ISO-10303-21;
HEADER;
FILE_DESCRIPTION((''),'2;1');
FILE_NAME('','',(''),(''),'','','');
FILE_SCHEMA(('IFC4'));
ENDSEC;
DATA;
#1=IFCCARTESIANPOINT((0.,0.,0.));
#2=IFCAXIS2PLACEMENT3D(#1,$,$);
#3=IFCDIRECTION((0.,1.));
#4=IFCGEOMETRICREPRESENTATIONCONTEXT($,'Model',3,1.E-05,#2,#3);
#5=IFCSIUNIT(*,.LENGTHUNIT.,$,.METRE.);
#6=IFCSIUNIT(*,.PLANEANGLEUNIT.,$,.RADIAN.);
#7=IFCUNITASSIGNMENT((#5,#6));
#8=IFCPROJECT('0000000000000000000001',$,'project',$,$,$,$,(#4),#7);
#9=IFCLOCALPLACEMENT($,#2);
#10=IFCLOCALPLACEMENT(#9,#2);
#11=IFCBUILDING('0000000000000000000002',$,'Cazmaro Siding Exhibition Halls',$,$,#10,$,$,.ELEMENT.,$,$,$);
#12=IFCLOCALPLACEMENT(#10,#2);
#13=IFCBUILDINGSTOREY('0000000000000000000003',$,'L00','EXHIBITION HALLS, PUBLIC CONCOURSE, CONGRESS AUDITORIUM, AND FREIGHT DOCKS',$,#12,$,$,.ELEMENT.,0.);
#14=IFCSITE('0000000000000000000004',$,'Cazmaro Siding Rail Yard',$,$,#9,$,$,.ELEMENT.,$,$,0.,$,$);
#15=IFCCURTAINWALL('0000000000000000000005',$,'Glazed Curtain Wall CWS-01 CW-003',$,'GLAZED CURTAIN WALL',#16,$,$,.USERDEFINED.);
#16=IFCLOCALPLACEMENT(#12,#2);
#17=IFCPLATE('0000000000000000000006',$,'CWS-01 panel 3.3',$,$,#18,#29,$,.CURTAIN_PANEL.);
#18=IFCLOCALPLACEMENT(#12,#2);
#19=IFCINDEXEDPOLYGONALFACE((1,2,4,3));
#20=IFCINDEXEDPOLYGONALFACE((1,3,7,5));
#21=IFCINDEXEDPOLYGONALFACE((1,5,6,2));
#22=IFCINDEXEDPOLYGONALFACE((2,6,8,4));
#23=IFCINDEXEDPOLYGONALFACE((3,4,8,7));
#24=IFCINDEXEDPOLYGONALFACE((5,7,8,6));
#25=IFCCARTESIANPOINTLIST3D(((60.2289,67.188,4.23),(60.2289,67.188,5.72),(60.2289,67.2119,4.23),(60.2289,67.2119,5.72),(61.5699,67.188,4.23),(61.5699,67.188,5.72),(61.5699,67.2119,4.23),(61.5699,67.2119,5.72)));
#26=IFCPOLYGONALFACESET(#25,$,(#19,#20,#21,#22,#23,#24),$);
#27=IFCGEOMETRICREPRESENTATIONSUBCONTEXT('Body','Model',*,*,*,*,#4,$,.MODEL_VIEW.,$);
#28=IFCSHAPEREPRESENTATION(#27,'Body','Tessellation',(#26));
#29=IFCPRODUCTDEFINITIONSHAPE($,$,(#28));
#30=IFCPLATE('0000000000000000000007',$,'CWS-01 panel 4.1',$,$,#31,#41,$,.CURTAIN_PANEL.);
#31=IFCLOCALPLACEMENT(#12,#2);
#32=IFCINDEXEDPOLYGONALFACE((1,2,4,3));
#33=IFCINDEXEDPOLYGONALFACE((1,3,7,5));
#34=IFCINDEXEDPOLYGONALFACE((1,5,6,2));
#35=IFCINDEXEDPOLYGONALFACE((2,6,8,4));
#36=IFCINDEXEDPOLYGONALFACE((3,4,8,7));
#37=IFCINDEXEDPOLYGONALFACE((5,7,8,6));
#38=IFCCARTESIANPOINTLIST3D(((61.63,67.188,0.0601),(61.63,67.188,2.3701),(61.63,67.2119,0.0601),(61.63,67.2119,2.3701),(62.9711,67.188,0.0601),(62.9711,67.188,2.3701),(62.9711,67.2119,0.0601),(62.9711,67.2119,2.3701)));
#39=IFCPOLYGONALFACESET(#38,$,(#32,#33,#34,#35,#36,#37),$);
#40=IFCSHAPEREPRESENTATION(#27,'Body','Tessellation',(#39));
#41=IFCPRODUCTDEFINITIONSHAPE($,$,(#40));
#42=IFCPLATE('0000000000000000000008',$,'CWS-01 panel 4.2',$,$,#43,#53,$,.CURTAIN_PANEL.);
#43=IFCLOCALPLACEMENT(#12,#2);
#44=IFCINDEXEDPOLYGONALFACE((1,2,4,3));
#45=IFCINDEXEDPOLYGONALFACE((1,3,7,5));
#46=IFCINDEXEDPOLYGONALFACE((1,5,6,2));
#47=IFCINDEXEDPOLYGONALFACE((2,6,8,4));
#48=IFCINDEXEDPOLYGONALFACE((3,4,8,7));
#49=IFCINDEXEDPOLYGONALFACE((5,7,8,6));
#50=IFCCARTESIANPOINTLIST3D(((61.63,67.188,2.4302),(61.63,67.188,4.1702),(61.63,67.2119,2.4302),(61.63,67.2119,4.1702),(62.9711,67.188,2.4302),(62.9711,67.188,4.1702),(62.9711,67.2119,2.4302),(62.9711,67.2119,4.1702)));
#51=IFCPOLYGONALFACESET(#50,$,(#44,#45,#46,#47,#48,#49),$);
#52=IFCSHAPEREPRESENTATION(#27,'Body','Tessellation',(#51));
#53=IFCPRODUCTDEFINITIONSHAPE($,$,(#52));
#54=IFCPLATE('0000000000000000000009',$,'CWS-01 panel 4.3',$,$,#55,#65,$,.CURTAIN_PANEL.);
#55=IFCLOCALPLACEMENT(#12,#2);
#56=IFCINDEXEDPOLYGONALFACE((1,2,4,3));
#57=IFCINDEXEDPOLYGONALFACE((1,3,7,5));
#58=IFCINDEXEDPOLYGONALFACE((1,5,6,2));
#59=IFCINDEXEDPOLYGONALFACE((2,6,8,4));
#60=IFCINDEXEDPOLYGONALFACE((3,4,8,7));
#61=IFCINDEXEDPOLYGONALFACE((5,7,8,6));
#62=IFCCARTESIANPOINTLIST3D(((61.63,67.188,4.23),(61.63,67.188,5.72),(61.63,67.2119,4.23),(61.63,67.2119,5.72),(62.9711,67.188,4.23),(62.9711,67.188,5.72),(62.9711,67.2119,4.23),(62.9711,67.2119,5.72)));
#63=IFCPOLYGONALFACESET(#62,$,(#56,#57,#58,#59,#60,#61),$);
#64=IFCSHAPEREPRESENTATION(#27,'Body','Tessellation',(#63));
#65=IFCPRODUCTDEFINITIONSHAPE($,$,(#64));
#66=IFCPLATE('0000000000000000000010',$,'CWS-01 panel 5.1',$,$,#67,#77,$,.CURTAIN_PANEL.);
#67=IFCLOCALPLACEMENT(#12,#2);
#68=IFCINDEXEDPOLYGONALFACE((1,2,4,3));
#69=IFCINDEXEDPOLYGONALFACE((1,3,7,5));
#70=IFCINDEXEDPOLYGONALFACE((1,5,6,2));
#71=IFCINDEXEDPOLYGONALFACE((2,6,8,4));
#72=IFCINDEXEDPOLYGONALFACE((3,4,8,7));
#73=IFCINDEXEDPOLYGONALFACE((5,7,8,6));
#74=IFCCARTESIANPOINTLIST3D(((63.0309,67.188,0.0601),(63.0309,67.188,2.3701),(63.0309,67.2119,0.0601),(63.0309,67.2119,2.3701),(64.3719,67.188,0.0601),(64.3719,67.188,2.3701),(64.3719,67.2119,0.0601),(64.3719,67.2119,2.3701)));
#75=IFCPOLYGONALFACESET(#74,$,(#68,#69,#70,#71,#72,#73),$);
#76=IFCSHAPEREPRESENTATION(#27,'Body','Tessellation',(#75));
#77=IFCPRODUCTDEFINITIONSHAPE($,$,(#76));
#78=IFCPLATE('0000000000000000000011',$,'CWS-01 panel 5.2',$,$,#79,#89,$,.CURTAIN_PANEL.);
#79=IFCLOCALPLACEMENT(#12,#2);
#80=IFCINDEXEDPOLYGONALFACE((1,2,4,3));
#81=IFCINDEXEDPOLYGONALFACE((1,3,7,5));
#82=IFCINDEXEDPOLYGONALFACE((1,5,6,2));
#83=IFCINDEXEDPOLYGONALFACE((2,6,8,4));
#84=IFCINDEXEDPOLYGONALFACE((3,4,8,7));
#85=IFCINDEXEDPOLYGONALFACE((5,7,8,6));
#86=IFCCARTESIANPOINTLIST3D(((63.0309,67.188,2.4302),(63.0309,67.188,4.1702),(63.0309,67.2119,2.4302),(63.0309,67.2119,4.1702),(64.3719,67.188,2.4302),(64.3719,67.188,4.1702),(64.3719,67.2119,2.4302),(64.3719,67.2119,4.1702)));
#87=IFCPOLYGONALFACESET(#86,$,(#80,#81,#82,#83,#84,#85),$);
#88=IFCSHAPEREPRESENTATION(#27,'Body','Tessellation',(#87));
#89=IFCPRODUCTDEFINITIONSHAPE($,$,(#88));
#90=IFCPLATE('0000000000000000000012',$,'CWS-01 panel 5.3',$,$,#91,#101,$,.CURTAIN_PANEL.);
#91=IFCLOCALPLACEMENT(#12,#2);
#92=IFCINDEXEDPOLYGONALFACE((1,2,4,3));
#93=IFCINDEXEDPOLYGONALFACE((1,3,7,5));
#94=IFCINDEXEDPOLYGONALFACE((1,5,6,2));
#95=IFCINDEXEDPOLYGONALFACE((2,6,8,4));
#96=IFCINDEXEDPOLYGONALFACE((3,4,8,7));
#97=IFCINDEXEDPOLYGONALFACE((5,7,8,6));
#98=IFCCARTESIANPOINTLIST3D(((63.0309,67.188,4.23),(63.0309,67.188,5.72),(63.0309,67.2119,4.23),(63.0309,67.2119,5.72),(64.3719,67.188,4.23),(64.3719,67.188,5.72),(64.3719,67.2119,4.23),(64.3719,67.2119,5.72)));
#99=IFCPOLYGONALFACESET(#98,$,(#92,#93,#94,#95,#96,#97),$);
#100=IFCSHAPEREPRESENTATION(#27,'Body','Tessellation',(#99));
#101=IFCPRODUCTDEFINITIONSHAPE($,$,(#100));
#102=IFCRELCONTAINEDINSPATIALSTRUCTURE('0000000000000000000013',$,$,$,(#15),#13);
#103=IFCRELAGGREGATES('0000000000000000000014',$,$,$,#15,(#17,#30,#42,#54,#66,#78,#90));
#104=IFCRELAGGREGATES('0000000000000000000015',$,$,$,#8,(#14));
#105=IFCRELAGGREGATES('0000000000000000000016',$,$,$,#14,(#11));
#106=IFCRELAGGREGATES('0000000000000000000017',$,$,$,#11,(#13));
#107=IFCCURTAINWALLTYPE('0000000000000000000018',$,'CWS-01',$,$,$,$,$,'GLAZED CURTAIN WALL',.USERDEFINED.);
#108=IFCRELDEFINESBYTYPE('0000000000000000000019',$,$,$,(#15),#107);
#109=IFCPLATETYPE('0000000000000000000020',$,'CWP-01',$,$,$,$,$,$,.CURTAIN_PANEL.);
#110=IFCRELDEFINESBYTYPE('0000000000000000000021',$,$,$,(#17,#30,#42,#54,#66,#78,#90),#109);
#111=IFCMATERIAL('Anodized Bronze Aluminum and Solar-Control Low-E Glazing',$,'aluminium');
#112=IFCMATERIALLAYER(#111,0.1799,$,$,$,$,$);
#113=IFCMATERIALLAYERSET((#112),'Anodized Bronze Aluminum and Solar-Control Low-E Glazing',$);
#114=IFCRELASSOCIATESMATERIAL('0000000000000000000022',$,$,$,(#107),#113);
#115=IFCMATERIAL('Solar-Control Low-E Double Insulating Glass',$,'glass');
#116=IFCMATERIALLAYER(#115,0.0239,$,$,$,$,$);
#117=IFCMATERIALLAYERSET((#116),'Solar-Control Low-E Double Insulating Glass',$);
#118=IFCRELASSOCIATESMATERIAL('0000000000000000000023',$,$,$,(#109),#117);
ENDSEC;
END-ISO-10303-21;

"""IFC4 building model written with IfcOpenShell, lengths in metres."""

from ifc_helpers import new_model, si_unit, direction, frame, origin, origin_2d, place, context, subcontext, project, spatial, rectangle, extrude, material, layer, layer_set, type_object, element, aggregate, save


model = new_model("IFC4")

# Units and contexts
model_context = context("Model", 3, precision=1e-05, world=origin(), true_north=direction((0.0, 1.0)))
body_context = subcontext(model_context, "Body", "Model", "MODEL_VIEW")
ifc_project = project(units=[si_unit("LENGTHUNIT", "METRE"), si_unit("PLANEANGLEUNIT", "RADIAN")], contexts=[model_context])

# Site, building, storey
site_placement = place(None, origin())
site = spatial("IfcSite", under=ifc_project, at=site_placement, Name="Cazmaro Siding Rail Yard", CompositionType="ELEMENT", RefElevation=0.0)
building_placement = place(site_placement, origin())
building = spatial("IfcBuilding", under=site, at=building_placement, Name="Cazmaro Siding Exhibition Halls", CompositionType="ELEMENT")
storey_placement = place(building_placement, origin())
storey = spatial("IfcBuildingStorey", under=building, at=storey_placement, Name="L00", Description="EXHIBITION HALLS, PUBLIC CONCOURSE, CONGRESS AUDITORIUM, AND FREIGHT DOCKS", CompositionType="ELEMENT", Elevation=0.0)

# Curtain wall, plates
ifc_material_1 = material(Name="Anodized Bronze Aluminum and Solar-Control Low-E Glazing", Category="aluminium")
ifc_layer_1 = layer(ifc_material_1, 0.1799)
ifc_layer_set_1 = layer_set([ifc_layer_1], Name="Anodized Bronze Aluminum and Solar-Control Low-E Glazing")
curtain_wall_type = type_object("IfcCurtainWallType", Name="CWS-01", ElementType="GLAZED CURTAIN WALL", PredefinedType="USERDEFINED", material=ifc_layer_set_1)
curtain_wall_placement = place(storey_placement, origin())
curtain_wall = element("IfcCurtainWall", 1, at=curtain_wall_placement, inside=storey, type_object=curtain_wall_type, Name="Glazed Curtain Wall CWS-01 CW-003", ObjectType="GLAZED CURTAIN WALL", PredefinedType="USERDEFINED")
ifc_material_2 = material(Name="Solar-Control Low-E Double Insulating Glass", Category="glass")
ifc_layer_2 = layer(ifc_material_2, 0.0239)
ifc_layer_set_2 = layer_set([ifc_layer_2], Name="Solar-Control Low-E Double Insulating Glass")
plate_type = type_object("IfcPlateType", Name="CWP-01", PredefinedType="CURTAIN_PANEL", material=ifc_layer_set_2)
plate_1_placement = place(storey_placement, frame((60.8994, 67.2, 4.23), z_axis=(0.0, 0.0, 1.0), x_axis=(1.0, 0.0, 0.0)))
plate_1 = element("IfcPlate", 2, at=plate_1_placement, type_object=plate_type, Name="CWS-01 panel 3.3", PredefinedType="CURTAIN_PANEL", context=body_context, shape_type="SweptSolid", body=[
    extrude(rectangle(XDim=1.3411, YDim=0.0239, at=origin_2d()), origin(), (0.0, 0.0, 1.0), 1.49),
])
plate_2_placement = place(storey_placement, frame((62.3005, 67.2, 0.0601), z_axis=(0.0, 0.0, 1.0), x_axis=(1.0, 0.0, 0.0)))
plate_2 = element("IfcPlate", 3, at=plate_2_placement, type_object=plate_type, Name="CWS-01 panel 4.1", PredefinedType="CURTAIN_PANEL", context=body_context, shape_type="SweptSolid", body=[
    extrude(rectangle(XDim=1.3411, YDim=0.0239, at=origin_2d()), origin(), (0.0, 0.0, 1.0), 2.3101),
])
plate_3_placement = place(storey_placement, frame((62.3005, 67.2, 2.4302), z_axis=(0.0, 0.0, 1.0), x_axis=(1.0, 0.0, 0.0)))
plate_3 = element("IfcPlate", 4, at=plate_3_placement, type_object=plate_type, Name="CWS-01 panel 4.2", PredefinedType="CURTAIN_PANEL", context=body_context, shape_type="SweptSolid", body=[
    extrude(rectangle(XDim=1.3411, YDim=0.0239, at=origin_2d()), origin(), (0.0, 0.0, 1.0), 1.74),
])
plate_4_placement = place(storey_placement, frame((62.3005, 67.2, 4.23), z_axis=(0.0, 0.0, 1.0), x_axis=(1.0, 0.0, 0.0)))
plate_4 = element("IfcPlate", 5, at=plate_4_placement, type_object=plate_type, Name="CWS-01 panel 4.3", PredefinedType="CURTAIN_PANEL", context=body_context, shape_type="SweptSolid", body=[
    extrude(rectangle(XDim=1.3411, YDim=0.0239, at=origin_2d()), origin(), (0.0, 0.0, 1.0), 1.49),
])
plate_5_placement = place(storey_placement, frame((63.7014, 67.2, 0.0601), z_axis=(0.0, 0.0, 1.0), x_axis=(1.0, 0.0, 0.0)))
plate_5 = element("IfcPlate", 6, at=plate_5_placement, type_object=plate_type, Name="CWS-01 panel 5.1", PredefinedType="CURTAIN_PANEL", context=body_context, shape_type="SweptSolid", body=[
    extrude(rectangle(XDim=1.3411, YDim=0.0239, at=origin_2d()), origin(), (0.0, 0.0, 1.0), 2.3101),
])
plate_6_placement = place(storey_placement, frame((63.7014, 67.2, 2.4302), z_axis=(0.0, 0.0, 1.0), x_axis=(1.0, 0.0, 0.0)))
plate_6 = element("IfcPlate", 7, at=plate_6_placement, type_object=plate_type, Name="CWS-01 panel 5.2", PredefinedType="CURTAIN_PANEL", context=body_context, shape_type="SweptSolid", body=[
    extrude(rectangle(XDim=1.3411, YDim=0.0239, at=origin_2d()), origin(), (0.0, 0.0, 1.0), 1.74),
])
plate_7_placement = place(storey_placement, frame((63.7014, 67.2, 4.23), z_axis=(0.0, 0.0, 1.0), x_axis=(1.0, 0.0, 0.0)))
plate_7 = element("IfcPlate", 8, at=plate_7_placement, type_object=plate_type, Name="CWS-01 panel 5.3", PredefinedType="CURTAIN_PANEL", context=body_context, shape_type="SweptSolid", body=[
    extrude(rectangle(XDim=1.3411, YDim=0.0239, at=origin_2d()), origin(), (0.0, 0.0, 1.0), 1.49),
])
aggregate(curtain_wall, [plate_1, plate_2, plate_3, plate_4, plate_5, plate_6, plate_7])

save(model, "model.ifc")
